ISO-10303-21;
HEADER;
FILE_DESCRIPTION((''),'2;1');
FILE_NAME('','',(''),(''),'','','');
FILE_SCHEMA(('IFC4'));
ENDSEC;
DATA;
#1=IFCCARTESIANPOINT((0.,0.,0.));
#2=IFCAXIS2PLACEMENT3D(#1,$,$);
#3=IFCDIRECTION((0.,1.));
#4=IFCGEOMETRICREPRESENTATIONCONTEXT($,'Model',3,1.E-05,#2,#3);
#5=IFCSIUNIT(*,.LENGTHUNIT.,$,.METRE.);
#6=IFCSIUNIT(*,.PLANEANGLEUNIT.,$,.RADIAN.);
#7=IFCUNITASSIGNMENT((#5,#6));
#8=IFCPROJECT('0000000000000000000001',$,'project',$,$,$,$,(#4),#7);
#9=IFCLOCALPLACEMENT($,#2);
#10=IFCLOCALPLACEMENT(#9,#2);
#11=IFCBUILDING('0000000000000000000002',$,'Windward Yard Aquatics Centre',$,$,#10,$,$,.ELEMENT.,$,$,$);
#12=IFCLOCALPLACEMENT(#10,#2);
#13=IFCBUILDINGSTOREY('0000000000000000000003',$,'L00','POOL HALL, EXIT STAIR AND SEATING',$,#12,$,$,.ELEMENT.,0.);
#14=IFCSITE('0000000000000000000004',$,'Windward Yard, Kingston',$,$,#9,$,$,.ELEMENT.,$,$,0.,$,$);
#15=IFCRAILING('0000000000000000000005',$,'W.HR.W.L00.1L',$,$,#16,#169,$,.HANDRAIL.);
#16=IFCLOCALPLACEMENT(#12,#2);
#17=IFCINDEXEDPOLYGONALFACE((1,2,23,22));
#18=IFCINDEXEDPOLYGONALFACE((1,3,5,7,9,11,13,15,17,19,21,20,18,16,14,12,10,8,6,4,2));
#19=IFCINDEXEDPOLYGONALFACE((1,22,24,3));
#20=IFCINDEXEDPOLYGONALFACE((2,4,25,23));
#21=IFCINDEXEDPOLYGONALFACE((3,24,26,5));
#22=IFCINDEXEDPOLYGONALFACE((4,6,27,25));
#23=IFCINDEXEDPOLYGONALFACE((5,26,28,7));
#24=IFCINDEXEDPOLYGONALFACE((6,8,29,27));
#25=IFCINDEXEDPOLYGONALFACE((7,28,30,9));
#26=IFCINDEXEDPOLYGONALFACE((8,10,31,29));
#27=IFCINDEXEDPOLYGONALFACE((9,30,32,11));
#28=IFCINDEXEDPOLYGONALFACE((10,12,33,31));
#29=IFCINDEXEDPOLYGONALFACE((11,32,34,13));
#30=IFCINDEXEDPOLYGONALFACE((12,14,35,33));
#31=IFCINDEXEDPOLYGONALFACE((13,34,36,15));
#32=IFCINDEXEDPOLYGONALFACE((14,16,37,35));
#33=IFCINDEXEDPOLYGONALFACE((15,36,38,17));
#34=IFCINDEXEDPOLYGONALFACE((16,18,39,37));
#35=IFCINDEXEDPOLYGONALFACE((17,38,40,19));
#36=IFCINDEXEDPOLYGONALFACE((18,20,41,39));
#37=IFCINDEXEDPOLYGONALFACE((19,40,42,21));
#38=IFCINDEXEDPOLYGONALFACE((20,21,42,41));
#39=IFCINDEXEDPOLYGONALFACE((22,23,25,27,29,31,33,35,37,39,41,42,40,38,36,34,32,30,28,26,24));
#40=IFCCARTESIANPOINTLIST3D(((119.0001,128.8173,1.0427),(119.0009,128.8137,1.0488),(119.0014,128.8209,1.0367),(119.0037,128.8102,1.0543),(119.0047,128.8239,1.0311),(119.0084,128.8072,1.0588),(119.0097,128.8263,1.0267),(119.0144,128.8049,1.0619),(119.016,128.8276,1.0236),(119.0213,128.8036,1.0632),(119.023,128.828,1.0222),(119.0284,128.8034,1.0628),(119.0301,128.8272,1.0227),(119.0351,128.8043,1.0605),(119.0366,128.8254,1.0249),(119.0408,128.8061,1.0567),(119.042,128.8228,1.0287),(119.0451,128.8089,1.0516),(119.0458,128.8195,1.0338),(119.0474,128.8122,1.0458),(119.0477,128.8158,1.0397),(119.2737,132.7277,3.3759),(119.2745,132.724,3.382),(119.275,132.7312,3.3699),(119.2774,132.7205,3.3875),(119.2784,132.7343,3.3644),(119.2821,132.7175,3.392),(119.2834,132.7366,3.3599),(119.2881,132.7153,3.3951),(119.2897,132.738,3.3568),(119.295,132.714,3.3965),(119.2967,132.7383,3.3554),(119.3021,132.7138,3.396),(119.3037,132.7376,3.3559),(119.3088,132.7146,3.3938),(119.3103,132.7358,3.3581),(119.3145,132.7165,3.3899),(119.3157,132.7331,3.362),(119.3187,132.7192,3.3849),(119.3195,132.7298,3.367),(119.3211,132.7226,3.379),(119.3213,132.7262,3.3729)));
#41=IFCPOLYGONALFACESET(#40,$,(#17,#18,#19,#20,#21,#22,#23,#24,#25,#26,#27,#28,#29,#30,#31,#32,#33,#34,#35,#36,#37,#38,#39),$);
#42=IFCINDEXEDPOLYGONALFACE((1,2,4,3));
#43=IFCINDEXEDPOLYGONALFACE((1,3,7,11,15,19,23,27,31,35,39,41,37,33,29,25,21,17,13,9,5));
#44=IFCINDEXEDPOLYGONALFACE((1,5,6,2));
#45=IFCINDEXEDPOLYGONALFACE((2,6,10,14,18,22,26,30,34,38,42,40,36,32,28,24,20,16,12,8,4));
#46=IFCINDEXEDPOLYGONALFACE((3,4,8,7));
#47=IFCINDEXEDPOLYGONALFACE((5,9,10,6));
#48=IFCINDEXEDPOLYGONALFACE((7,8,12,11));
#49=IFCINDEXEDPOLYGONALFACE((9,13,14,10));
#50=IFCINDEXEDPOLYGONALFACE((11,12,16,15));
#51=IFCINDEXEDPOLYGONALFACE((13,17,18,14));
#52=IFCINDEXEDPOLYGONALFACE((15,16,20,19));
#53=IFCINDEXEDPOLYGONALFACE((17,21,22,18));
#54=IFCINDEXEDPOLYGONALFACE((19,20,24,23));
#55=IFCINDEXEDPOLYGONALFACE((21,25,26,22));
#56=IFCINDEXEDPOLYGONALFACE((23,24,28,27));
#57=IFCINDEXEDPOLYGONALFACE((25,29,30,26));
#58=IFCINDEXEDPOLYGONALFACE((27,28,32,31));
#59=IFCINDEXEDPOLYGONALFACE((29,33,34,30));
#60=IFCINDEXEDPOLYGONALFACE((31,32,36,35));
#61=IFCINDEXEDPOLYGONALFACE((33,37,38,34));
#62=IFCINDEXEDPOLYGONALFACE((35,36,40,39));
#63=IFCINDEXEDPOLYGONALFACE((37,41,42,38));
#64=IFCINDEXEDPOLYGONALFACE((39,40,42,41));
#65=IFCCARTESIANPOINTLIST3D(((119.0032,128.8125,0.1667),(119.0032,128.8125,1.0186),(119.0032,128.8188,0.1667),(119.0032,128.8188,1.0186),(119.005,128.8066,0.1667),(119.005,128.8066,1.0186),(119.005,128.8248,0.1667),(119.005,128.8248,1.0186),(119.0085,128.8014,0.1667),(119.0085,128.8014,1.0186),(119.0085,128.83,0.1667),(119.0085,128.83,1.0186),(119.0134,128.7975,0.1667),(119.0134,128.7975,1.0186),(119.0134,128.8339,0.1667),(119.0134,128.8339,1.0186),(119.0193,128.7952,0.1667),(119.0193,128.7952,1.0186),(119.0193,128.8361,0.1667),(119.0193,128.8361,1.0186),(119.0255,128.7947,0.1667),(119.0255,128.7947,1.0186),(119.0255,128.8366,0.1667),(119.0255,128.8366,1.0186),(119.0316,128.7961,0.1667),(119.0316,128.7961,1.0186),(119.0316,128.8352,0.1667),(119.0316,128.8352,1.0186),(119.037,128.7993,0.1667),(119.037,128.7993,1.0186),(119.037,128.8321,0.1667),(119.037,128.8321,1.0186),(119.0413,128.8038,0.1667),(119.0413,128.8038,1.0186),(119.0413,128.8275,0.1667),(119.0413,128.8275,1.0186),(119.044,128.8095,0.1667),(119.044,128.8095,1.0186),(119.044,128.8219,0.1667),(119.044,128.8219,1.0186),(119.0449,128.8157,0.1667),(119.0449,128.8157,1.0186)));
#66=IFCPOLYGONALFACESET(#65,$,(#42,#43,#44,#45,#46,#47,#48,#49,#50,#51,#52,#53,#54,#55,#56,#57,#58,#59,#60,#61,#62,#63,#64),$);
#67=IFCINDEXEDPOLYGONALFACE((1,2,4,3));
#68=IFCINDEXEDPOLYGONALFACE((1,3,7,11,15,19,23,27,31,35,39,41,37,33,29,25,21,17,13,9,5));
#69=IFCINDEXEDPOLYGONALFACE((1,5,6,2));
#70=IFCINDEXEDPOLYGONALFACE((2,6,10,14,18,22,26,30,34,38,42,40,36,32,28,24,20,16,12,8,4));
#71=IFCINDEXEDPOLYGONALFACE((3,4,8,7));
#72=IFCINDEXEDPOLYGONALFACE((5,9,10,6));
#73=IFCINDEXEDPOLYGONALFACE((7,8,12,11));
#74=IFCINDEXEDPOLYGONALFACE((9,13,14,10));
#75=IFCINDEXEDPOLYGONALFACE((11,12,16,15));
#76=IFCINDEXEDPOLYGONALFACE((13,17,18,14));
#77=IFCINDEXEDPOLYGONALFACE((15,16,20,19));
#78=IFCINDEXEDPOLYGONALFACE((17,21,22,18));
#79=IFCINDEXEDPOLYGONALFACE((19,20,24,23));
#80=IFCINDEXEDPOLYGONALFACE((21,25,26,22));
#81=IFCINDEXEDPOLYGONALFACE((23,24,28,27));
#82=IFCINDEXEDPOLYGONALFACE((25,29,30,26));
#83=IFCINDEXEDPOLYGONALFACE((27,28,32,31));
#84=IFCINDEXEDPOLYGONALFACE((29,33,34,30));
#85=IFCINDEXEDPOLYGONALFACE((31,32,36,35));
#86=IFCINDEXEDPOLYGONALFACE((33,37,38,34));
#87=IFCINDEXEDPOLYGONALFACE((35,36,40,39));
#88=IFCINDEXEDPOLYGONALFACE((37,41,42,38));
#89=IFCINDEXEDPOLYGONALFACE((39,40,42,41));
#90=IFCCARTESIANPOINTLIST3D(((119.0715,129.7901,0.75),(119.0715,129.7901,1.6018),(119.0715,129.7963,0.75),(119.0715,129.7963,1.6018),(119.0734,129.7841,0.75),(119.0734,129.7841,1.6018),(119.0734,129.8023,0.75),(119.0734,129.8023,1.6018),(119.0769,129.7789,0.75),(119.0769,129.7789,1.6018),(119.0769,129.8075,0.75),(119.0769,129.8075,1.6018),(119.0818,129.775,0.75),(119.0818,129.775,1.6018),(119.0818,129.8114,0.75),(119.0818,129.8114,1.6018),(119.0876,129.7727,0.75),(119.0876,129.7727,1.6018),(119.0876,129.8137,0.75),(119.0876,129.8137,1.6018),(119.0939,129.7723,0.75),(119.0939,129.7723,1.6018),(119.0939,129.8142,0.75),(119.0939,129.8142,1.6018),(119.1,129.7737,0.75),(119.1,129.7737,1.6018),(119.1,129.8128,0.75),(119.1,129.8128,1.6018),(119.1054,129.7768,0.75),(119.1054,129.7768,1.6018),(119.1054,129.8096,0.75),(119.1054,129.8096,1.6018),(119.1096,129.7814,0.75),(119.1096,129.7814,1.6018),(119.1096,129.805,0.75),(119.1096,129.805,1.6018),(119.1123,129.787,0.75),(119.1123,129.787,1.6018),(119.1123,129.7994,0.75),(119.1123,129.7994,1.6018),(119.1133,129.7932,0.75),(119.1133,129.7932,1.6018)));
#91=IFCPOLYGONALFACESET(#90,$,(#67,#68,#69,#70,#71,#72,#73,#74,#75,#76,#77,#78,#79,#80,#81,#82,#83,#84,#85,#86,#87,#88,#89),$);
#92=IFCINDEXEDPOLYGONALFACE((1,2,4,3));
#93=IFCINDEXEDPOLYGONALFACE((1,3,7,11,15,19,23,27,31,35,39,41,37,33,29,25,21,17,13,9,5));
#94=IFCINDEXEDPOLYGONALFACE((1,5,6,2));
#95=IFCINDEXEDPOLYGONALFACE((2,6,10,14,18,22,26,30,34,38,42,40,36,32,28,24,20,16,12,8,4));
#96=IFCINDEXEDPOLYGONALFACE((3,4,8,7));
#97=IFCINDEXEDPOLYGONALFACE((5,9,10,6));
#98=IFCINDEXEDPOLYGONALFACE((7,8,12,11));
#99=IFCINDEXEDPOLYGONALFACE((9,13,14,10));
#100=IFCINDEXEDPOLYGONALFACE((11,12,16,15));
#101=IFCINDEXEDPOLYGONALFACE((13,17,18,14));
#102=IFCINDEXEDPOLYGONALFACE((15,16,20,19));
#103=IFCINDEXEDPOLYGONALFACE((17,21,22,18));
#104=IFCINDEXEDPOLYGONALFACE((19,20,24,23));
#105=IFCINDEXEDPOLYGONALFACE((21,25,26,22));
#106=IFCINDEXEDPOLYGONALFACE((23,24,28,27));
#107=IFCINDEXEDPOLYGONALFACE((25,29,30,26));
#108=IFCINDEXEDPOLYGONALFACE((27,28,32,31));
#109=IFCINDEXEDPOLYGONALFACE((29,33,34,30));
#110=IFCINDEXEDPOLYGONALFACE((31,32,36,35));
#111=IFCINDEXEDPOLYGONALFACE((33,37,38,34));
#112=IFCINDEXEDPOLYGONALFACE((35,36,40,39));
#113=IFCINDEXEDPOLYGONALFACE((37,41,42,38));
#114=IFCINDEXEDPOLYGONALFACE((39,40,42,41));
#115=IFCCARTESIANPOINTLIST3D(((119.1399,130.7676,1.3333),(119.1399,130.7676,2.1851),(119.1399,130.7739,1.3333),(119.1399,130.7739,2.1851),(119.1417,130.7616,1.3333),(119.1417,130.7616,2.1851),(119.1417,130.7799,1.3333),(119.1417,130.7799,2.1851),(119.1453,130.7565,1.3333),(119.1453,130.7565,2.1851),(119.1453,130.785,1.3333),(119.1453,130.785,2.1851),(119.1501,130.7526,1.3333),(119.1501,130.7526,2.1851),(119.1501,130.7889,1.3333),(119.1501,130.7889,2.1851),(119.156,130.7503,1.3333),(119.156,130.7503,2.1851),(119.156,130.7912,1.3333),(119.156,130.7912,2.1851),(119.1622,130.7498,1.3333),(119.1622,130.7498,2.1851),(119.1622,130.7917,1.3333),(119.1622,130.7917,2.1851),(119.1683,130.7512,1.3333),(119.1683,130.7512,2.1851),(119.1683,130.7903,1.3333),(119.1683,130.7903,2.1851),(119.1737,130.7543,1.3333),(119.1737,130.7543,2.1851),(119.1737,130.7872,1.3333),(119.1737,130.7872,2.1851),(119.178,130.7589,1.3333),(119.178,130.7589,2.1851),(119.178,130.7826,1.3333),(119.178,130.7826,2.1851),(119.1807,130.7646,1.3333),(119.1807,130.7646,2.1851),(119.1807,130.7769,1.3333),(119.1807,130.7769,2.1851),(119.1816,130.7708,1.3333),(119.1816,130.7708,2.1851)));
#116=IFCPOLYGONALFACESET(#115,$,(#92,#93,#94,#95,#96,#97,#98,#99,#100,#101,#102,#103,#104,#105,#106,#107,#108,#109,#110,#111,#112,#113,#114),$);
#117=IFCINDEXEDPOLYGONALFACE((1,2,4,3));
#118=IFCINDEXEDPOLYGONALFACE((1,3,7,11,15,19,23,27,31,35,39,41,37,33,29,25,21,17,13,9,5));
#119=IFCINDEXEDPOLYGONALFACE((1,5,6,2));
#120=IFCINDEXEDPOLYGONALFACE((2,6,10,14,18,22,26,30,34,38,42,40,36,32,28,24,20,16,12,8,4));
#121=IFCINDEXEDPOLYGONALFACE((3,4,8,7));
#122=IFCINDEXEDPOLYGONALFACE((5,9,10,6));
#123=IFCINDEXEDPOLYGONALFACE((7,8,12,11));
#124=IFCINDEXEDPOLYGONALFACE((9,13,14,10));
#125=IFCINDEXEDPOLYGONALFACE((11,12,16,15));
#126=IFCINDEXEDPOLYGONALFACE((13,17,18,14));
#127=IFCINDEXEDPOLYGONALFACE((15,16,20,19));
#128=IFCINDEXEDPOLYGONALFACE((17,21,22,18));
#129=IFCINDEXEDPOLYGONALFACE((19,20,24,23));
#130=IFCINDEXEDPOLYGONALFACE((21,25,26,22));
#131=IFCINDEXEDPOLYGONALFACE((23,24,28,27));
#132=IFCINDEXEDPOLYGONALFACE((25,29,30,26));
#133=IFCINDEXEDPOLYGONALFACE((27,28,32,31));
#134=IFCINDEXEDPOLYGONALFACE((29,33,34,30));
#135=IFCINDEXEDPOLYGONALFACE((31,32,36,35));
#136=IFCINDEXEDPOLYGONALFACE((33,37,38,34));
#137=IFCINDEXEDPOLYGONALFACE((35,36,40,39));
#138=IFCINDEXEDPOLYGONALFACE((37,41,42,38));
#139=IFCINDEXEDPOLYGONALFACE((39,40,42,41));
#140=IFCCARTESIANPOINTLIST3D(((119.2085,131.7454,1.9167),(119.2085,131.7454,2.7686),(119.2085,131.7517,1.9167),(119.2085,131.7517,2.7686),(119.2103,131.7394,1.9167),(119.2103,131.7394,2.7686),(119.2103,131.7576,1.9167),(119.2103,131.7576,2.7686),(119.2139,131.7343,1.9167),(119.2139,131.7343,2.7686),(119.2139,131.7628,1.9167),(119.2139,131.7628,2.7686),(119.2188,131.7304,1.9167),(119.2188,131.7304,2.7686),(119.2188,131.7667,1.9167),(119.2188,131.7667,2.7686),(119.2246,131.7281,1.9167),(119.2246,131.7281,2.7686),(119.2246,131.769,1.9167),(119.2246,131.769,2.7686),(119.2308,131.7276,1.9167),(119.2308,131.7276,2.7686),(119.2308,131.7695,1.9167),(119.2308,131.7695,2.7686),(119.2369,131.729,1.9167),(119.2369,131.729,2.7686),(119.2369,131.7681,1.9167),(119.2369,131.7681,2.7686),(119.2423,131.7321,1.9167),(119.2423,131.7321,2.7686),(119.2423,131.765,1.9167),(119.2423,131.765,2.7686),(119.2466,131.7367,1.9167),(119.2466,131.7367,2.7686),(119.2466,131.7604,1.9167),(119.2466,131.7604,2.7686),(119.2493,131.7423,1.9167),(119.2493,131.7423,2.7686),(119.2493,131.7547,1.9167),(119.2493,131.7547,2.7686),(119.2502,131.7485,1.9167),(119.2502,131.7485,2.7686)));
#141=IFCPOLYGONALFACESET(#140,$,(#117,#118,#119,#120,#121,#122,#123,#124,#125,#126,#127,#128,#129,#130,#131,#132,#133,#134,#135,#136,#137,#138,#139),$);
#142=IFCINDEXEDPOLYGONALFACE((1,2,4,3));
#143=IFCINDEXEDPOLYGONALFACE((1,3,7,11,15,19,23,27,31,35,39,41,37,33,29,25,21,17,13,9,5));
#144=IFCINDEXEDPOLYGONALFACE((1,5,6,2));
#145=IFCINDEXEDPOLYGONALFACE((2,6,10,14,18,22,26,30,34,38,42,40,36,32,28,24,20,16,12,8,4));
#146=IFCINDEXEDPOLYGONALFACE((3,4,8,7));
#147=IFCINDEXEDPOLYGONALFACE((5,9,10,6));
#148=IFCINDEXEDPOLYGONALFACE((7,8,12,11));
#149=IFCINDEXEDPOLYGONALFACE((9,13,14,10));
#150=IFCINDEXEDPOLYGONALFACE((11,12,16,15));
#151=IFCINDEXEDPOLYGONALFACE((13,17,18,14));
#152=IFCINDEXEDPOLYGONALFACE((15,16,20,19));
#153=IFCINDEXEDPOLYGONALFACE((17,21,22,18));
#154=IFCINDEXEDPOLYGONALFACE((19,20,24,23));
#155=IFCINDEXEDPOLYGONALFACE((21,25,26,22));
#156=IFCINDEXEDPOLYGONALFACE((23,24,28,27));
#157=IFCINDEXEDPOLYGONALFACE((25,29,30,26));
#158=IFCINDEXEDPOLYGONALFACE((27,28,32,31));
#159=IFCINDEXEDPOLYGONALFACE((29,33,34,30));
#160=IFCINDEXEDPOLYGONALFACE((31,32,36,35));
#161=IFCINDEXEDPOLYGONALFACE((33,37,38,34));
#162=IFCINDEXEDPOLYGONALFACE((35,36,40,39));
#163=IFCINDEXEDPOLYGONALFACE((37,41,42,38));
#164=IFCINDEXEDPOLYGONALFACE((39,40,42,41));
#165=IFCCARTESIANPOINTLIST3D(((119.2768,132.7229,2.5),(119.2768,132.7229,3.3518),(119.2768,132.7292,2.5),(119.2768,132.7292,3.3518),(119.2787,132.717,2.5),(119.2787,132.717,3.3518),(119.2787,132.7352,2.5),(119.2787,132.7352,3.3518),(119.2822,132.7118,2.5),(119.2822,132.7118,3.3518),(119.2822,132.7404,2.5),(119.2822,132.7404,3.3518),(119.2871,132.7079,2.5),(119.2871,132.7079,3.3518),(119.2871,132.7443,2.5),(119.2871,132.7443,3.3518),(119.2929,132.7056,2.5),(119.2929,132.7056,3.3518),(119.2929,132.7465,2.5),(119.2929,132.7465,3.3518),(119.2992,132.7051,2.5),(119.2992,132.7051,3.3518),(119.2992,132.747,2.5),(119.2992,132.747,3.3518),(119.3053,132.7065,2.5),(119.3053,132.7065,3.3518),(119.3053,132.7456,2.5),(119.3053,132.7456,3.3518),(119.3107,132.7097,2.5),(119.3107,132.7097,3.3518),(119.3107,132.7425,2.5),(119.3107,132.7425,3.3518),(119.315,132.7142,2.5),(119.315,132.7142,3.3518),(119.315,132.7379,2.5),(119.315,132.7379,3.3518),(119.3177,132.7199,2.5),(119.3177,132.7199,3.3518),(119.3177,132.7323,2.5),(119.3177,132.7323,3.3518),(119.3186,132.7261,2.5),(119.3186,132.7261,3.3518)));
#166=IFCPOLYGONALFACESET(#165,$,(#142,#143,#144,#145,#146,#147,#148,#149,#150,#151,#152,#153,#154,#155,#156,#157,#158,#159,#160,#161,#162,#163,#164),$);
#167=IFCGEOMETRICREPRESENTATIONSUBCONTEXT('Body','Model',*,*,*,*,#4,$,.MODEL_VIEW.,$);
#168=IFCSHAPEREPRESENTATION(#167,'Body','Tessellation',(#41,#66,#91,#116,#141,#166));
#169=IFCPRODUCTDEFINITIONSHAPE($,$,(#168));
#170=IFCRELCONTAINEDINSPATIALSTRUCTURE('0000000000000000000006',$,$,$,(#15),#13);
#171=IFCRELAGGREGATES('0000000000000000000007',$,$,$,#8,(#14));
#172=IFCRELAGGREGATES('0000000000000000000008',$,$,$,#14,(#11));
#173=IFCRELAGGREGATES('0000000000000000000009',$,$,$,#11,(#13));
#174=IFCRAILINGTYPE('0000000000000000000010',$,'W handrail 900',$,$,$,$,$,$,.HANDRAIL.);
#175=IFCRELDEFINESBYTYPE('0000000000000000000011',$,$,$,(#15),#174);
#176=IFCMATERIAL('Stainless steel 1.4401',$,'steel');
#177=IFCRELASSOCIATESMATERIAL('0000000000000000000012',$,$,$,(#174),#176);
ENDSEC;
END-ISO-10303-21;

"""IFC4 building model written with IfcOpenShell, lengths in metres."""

from ifc_helpers import new_model, si_unit, direction, frame, origin, origin_2d, place, context, subcontext, project, spatial, circle, extrude, material, type_object, element, save


model = new_model("IFC4")

# Units and contexts
model_context = context("Model", 3, precision=1e-05, world=origin(), true_north=direction((0.0, 1.0)))
body_context = subcontext(model_context, "Body", "Model", "MODEL_VIEW")
ifc_project = project(units=[si_unit("LENGTHUNIT", "METRE"), si_unit("PLANEANGLEUNIT", "RADIAN")], contexts=[model_context])

# Site, building, storey
site_placement = place(None, origin())
site = spatial("IfcSite", under=ifc_project, at=site_placement, Name="Windward Yard, Kingston", CompositionType="ELEMENT", RefElevation=0.0)
building_placement = place(site_placement, origin())
building = spatial("IfcBuilding", under=site, at=building_placement, Name="Windward Yard Aquatics Centre", CompositionType="ELEMENT")
storey_placement = place(building_placement, origin())
storey = spatial("IfcBuildingStorey", under=building, at=storey_placement, Name="L00", Description="POOL HALL, EXIT STAIR AND SEATING", CompositionType="ELEMENT", Elevation=0.0)

# Railing
ifc_material_1 = material(Name="Stainless steel 1.4401", Category="steel")
railing_type = type_object("IfcRailingType", Name="W handrail 900", PredefinedType="HANDRAIL", material=ifc_material_1)
railing_placement = place(storey_placement, frame((119.0239, 128.8157, 0.1667)))
element("IfcRailing", 1, at=railing_placement, inside=storey, type_object=railing_type, Name="W.HR.W.L00.1L", PredefinedType="HANDRAIL", context=body_context, shape_type="SweptSolid", body=[
    extrude(circle(Radius=0.0239, at=origin_2d()), frame((0.0, 0.0, 0.876), z_axis=(0.059994, 0.857202, 0.511474), x_axis=(-0.99756, 0.069817, 0.0)), (0.0, 0.0, 1.0), 4.5618),
    extrude(circle(Radius=0.021, at=origin_2d()), origin(), (0.0, 0.0, 1.0), 0.8518),
    extrude(circle(Radius=0.021, at=origin_2d()), frame((0.0684, 0.9775, 0.5833)), (0.0, 0.0, 1.0), 0.8518),
    extrude(circle(Radius=0.021, at=origin_2d()), frame((0.1367, 1.9551, 1.1665)), (0.0, 0.0, 1.0), 0.8518),
    extrude(circle(Radius=0.021, at=origin_2d()), frame((0.2053, 2.9329, 1.75)), (0.0, 0.0, 1.0), 0.8518),
    extrude(circle(Radius=0.021, at=origin_2d()), frame((0.2737, 3.9104, 2.3333)), (0.0, 0.0, 1.0), 0.8518),
])

save(model, "model.ifc")
